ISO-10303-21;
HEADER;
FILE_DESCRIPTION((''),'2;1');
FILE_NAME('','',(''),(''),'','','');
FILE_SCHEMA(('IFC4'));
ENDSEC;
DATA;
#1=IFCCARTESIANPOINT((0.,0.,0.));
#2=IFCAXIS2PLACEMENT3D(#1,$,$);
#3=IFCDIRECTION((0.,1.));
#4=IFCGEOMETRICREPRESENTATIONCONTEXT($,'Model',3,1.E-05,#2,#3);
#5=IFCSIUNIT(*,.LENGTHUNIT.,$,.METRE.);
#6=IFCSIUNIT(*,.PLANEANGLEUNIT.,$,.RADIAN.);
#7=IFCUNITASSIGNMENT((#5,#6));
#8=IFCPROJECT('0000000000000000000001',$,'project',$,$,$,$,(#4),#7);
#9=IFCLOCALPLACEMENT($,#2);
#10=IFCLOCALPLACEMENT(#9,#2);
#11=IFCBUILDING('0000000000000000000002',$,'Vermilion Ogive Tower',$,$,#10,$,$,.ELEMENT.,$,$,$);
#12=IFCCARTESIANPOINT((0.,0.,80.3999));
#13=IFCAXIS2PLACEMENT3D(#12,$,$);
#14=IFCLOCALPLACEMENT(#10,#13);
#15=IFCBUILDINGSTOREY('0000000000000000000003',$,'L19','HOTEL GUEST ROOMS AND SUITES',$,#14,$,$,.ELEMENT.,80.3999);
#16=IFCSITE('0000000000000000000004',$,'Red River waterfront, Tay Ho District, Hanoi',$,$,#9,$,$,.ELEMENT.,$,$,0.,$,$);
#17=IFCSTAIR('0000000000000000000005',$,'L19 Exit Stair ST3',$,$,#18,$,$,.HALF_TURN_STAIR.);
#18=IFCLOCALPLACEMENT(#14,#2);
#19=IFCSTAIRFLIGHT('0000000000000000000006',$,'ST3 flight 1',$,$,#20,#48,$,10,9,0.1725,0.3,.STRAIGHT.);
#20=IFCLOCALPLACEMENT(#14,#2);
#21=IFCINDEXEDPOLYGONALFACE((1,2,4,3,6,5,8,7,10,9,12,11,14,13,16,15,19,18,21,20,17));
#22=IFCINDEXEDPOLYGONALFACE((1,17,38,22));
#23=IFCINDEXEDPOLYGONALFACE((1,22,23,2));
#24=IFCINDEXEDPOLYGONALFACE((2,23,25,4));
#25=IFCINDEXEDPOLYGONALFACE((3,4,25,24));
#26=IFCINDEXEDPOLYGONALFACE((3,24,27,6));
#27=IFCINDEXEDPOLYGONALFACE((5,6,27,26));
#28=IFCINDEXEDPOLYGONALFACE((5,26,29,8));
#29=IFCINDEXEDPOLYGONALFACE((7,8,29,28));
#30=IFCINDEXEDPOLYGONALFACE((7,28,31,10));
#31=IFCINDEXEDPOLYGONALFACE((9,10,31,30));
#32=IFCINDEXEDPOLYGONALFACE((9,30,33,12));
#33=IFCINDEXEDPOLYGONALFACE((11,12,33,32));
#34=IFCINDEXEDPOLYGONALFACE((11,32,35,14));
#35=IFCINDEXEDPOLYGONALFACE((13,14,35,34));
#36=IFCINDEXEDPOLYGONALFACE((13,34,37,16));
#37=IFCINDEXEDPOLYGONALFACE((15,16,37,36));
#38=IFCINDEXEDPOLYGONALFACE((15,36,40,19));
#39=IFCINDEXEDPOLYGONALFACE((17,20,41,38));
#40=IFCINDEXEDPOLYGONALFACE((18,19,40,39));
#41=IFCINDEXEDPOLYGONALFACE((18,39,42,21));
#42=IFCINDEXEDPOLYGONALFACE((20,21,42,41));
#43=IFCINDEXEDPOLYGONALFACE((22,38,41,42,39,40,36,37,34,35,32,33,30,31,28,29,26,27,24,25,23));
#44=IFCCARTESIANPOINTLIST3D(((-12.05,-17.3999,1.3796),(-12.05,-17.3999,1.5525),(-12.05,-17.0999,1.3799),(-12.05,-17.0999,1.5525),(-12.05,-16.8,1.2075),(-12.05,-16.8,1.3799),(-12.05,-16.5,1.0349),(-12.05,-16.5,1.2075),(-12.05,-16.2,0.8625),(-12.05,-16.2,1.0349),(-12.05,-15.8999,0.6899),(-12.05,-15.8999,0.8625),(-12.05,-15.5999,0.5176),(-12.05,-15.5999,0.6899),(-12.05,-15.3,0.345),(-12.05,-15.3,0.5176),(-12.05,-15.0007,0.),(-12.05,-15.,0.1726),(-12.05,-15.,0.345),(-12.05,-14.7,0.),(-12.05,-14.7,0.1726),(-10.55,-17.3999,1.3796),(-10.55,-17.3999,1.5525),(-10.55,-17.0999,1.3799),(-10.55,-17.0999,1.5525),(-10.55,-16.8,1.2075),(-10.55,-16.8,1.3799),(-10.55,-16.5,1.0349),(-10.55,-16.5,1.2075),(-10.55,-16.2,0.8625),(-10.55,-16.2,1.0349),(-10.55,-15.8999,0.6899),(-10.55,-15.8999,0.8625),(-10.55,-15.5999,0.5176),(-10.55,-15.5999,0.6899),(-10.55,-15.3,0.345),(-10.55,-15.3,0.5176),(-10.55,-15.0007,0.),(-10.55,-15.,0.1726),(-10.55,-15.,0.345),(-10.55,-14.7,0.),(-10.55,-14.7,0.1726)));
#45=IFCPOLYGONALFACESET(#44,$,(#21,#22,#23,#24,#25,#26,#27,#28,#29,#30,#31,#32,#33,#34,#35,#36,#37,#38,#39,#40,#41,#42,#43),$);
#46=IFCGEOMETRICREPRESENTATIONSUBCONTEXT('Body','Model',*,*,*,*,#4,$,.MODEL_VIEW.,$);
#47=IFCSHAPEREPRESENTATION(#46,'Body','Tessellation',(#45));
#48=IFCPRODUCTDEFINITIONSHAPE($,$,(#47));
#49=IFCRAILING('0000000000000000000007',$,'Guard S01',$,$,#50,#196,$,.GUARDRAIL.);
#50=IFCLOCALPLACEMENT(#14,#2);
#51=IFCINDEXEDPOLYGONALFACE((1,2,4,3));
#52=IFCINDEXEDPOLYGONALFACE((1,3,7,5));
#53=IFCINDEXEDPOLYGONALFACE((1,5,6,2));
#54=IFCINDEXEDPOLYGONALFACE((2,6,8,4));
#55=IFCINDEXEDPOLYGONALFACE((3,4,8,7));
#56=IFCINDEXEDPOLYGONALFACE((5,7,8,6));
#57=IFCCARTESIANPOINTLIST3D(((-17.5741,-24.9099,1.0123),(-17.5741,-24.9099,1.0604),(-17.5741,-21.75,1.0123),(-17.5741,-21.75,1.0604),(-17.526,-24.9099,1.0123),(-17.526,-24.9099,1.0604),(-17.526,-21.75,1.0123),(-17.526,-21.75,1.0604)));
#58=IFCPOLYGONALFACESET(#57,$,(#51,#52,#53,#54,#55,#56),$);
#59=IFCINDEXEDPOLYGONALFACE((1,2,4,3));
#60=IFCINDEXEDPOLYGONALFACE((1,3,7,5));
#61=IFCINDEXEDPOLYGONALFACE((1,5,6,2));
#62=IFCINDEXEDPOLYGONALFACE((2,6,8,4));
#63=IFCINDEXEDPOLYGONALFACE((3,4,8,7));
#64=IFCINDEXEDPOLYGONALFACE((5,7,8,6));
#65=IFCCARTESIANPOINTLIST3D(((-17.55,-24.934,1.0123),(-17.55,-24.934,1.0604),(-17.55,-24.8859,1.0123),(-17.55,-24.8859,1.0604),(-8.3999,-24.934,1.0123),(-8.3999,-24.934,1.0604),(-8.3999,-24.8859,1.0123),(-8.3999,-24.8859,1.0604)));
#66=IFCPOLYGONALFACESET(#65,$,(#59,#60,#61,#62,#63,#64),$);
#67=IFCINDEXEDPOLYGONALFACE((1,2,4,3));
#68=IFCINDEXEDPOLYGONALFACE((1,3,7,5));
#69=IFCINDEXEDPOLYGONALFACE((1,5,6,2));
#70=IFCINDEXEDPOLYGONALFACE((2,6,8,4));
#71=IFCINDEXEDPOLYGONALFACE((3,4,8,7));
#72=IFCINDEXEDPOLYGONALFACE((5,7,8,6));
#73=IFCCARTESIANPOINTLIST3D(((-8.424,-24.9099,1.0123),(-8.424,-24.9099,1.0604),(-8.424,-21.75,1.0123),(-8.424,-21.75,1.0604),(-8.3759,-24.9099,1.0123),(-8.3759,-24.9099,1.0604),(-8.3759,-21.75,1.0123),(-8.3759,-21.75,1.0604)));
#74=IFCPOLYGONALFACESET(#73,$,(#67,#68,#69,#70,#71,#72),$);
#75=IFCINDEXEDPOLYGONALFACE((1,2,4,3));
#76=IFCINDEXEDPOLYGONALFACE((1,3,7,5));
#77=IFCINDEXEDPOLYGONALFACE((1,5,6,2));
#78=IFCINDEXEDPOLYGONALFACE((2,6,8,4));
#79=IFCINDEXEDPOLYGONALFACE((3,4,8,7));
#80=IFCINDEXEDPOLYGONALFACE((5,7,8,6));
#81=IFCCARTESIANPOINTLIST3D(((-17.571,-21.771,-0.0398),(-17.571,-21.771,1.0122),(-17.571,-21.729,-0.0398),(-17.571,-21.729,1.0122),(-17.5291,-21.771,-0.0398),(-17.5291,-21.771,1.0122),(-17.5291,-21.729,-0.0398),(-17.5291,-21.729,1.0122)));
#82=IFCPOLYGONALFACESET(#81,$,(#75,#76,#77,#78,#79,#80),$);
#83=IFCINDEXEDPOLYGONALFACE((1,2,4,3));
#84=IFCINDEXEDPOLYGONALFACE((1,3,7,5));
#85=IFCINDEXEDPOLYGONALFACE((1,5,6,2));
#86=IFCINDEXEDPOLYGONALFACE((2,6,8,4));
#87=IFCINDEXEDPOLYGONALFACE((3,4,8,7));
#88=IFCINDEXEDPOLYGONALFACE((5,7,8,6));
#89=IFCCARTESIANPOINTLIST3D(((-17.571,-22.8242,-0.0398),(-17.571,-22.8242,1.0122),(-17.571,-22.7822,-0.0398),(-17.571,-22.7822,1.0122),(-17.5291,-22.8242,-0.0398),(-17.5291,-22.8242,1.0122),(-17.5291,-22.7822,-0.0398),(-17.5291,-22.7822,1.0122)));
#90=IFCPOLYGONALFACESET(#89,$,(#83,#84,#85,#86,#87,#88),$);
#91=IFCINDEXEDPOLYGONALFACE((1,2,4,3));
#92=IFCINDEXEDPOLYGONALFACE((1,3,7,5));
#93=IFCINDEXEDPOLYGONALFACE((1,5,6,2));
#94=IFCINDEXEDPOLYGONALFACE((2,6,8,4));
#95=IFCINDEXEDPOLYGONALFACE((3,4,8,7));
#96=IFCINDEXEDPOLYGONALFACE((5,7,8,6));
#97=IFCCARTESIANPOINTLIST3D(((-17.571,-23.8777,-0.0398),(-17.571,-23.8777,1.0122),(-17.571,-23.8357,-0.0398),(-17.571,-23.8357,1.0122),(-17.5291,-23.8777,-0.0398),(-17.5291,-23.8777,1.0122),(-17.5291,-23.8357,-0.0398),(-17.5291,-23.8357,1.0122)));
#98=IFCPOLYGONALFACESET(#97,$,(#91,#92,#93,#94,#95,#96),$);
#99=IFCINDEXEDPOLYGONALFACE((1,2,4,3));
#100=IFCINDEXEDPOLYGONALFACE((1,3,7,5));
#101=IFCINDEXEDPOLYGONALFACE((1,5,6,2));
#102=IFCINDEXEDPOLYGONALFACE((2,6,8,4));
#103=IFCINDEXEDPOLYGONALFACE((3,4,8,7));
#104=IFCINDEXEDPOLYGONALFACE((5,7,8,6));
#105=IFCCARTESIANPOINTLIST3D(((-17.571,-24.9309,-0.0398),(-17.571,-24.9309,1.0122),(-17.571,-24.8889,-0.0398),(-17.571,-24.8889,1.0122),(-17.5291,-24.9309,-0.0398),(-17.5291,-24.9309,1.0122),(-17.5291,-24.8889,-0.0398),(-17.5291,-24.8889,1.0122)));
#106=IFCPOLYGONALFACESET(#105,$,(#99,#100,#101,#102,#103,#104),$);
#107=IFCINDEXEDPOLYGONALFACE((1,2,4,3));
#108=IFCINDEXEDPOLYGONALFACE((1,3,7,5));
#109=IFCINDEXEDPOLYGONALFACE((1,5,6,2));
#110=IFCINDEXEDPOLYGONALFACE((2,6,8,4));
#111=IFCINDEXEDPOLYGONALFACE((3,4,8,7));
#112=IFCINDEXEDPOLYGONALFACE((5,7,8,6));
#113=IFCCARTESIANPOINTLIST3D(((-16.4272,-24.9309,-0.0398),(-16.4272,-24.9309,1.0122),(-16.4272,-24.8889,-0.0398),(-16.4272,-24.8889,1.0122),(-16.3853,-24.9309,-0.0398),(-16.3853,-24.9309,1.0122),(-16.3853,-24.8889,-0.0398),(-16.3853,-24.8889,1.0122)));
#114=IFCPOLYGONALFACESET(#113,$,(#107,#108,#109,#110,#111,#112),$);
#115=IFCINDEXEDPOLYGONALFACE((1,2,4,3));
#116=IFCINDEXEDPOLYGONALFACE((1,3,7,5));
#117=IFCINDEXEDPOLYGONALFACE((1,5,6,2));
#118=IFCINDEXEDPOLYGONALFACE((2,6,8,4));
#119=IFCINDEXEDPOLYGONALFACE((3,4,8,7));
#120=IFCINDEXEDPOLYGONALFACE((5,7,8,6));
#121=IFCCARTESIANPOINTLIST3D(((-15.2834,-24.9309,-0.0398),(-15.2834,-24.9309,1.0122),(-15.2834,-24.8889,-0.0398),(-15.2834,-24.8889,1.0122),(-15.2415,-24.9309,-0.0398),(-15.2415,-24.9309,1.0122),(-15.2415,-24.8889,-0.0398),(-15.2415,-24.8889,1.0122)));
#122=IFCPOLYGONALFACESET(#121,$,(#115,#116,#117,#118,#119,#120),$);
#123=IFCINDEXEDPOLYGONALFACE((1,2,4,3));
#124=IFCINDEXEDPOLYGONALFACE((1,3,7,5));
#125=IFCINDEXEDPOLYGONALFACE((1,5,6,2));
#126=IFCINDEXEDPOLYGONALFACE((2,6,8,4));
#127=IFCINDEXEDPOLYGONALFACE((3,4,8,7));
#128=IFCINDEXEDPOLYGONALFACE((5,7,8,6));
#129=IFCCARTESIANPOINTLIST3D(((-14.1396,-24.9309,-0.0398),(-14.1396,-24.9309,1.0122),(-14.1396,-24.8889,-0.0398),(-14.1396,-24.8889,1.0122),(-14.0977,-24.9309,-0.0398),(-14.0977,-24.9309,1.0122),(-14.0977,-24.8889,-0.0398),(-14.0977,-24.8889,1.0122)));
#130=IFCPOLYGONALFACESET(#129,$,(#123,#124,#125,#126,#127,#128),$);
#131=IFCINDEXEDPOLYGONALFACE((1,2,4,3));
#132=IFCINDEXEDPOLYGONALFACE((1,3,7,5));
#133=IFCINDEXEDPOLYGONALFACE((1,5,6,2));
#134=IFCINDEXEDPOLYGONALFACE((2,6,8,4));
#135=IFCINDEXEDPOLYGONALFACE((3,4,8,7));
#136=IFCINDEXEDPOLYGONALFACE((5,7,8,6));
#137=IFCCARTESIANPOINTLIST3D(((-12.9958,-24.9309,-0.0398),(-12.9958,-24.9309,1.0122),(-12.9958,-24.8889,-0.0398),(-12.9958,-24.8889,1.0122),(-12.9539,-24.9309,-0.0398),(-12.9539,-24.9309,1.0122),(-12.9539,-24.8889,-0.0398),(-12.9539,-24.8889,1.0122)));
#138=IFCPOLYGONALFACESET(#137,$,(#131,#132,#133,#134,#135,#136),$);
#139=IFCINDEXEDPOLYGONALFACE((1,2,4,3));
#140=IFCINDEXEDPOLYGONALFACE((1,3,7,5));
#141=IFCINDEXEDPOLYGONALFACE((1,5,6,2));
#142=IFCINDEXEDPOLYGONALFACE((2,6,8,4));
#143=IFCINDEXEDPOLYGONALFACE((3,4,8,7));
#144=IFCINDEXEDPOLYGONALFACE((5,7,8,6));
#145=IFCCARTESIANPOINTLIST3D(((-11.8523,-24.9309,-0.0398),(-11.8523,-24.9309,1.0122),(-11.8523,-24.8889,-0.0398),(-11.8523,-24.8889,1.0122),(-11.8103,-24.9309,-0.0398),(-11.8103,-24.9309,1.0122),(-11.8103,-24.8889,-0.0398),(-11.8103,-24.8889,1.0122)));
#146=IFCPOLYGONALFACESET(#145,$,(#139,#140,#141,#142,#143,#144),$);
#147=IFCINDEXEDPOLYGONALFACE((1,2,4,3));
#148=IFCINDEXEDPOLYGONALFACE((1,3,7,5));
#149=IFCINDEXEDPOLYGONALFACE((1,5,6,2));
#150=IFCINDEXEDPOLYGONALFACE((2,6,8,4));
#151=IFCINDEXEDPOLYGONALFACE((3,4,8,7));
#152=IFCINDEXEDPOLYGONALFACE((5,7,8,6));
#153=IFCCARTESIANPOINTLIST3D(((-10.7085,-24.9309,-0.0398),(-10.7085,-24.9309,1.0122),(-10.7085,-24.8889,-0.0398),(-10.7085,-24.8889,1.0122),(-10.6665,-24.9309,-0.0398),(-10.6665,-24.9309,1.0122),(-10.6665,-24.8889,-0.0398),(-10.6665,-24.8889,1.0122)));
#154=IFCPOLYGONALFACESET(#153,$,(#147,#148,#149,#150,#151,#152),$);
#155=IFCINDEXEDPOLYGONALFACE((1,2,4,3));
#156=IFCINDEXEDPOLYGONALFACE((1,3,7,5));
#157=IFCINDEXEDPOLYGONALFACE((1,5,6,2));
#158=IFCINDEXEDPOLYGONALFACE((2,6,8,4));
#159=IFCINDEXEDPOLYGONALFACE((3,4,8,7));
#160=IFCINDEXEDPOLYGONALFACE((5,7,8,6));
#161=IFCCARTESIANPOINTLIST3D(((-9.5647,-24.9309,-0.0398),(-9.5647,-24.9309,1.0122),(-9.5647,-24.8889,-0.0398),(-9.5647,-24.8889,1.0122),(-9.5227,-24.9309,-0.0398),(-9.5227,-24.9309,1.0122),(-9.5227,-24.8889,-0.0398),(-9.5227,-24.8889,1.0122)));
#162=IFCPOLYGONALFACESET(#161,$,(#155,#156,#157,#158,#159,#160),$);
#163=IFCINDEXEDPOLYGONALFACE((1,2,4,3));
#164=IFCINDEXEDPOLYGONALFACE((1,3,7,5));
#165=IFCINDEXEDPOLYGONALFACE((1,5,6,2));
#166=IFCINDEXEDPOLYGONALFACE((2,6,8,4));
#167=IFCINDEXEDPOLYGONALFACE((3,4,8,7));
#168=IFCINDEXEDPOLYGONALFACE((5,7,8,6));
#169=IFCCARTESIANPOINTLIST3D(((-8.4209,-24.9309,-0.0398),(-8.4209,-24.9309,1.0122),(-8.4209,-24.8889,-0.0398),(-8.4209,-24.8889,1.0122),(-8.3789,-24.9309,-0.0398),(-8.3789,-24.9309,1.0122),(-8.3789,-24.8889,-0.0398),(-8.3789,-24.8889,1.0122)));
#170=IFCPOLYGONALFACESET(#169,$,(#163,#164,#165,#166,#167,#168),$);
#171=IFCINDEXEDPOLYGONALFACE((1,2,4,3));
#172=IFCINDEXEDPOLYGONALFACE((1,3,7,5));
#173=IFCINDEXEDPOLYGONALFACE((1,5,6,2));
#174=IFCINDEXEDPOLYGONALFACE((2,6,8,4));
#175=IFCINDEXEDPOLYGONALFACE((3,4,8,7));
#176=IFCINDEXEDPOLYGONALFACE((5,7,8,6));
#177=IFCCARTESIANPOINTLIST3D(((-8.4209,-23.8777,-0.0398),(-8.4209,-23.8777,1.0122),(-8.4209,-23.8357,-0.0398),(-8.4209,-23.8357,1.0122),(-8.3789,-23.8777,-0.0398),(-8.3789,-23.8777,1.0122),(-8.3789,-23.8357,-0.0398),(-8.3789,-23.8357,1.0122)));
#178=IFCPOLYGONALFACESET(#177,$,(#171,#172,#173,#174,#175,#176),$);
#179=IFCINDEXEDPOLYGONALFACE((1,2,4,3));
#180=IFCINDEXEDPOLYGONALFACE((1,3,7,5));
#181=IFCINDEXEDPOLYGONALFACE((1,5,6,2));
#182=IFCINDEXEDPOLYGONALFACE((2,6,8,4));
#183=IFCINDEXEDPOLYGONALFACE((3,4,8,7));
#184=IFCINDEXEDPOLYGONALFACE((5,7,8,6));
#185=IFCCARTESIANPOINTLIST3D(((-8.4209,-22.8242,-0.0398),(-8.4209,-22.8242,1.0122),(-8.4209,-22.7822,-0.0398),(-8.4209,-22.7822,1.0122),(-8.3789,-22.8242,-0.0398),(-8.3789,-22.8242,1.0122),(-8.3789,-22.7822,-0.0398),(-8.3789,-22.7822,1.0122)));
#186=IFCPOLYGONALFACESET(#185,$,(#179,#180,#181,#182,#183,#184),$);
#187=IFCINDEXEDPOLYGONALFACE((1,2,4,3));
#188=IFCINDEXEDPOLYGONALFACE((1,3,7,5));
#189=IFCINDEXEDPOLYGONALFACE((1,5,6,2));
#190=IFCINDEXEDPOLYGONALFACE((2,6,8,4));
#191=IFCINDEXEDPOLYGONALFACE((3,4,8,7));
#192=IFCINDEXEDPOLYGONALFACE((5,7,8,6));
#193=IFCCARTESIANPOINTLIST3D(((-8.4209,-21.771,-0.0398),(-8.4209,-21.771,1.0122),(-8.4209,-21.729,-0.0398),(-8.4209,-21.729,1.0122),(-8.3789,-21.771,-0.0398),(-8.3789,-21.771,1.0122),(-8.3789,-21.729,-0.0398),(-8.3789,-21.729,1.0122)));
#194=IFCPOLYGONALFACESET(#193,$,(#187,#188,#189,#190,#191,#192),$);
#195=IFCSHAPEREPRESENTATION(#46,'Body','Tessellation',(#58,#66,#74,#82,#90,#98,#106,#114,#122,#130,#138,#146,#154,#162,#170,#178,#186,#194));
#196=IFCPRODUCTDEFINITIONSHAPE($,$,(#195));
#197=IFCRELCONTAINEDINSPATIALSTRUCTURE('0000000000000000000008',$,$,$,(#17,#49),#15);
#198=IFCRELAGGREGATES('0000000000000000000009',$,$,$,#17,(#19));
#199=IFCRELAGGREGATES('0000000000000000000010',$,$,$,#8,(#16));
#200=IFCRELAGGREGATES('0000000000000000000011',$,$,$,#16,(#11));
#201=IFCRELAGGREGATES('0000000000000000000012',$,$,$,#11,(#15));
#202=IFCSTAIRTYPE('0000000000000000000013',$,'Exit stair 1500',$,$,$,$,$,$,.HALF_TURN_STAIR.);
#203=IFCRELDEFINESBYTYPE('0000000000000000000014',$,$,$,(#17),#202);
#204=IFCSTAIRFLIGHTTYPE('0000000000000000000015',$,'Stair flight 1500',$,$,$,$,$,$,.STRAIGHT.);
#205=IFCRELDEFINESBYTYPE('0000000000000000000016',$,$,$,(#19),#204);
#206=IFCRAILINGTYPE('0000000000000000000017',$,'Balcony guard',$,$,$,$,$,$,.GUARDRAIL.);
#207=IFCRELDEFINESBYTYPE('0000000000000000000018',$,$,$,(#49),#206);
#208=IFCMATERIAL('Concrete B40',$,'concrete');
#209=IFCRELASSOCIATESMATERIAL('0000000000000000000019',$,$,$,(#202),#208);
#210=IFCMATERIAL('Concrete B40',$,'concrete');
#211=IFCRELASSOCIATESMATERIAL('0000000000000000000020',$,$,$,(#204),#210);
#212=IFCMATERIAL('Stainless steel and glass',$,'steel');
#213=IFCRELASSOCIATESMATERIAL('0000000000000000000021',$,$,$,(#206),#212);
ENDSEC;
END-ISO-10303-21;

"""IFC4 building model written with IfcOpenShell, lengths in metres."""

from ifc_helpers import new_model, si_unit, direction, frame, origin, origin_2d, place, context, subcontext, project, spatial, polyline, rectangle, outline, extrude, material, type_object, element, aggregate, save


model = new_model("IFC4")

# Units and contexts
model_context = context("Model", 3, precision=1e-05, world=origin(), true_north=direction((0.0, 1.0)))
body_context = subcontext(model_context, "Body", "Model", "MODEL_VIEW")
ifc_project = project(units=[si_unit("LENGTHUNIT", "METRE"), si_unit("PLANEANGLEUNIT", "RADIAN")], contexts=[model_context])

# Site, building, storey
site_placement = place(None, origin())
site = spatial("IfcSite", under=ifc_project, at=site_placement, Name="Red River waterfront, Tay Ho District, Hanoi", CompositionType="ELEMENT", RefElevation=0.0)
building_placement = place(site_placement, origin())
building = spatial("IfcBuilding", under=site, at=building_placement, Name="Vermilion Ogive Tower", CompositionType="ELEMENT")
storey_placement = place(building_placement, frame((0.0, 0.0, 80.3999)))
storey = spatial("IfcBuildingStorey", under=building, at=storey_placement, Name="L19", Description="HOTEL GUEST ROOMS AND SUITES", CompositionType="ELEMENT", Elevation=80.3999)

# Stair, stair flight
ifc_material_1 = material(Name="Concrete B40", Category="concrete")
stair_type = type_object("IfcStairType", Name="Exit stair 1500", PredefinedType="HALF_TURN_STAIR", material=ifc_material_1)
stair_placement = place(storey_placement, origin())
stair = element("IfcStair", 1, at=stair_placement, inside=storey, type_object=stair_type, Name="L19 Exit Stair ST3", PredefinedType="HALF_TURN_STAIR")
ifc_material_2 = material(Name="Concrete B40", Category="concrete")
stair_flight_type = type_object("IfcStairFlightType", Name="Stair flight 1500", PredefinedType="STRAIGHT", material=ifc_material_2)
stair_flight_placement = place(storey_placement, frame((-11.3, -14.7, 0.0), z_axis=(0.0, 0.0, 1.0), x_axis=(0.0, -1.0, 0.0)))
stair_flight = element("IfcStairFlight", 2, at=stair_flight_placement, type_object=stair_flight_type, Name="ST3 flight 1", NumberOfRisers=10, NumberOfTreads=9, PredefinedType="STRAIGHT", RiserHeight=0.1725, TreadLength=0.3, context=body_context, shape_type="SweptSolid", body=[
    extrude(outline(polyline([(0.0, 0.0), (0.0, 0.1726), (0.3, 0.1726), (0.3, 0.345), (0.6001, 0.345), (0.6001, 0.5176), (0.8999, 0.5176), (0.8999, 0.6899), (1.2, 0.6899), (1.2, 0.8625), (1.5, 0.8625), (1.5, 1.0349), (1.8, 1.0349), (1.8, 1.2075), (2.1001, 1.2075), (2.1001, 1.3799), (2.3999, 1.3799), (2.3999, 1.5525), (2.7, 1.5525), (2.7, 1.7251), (2.7, 1.3796), (0.3008, 0.0), (0.0, 0.0)])), frame((0.0, 0.75, 0.0), z_axis=(0.0, -1.0, 0.0), x_axis=(1.0, 0.0, 0.0)), (0.0, 0.0, 1.0), 1.5),
])
aggregate(stair, [stair_flight])

# Railing
ifc_material_3 = material(Name="Stainless steel and glass", Category="steel")
railing_type_1 = type_object("IfcRailingType", Name="Balcony guard", PredefinedType="GUARDRAIL", material=ifc_material_3)
railing_1_placement = place(storey_placement, frame((-17.55, -21.75, -0.0398)))
element("IfcRailing", 3, at=railing_1_placement, inside=storey, type_object=railing_type_1, Name="Guard S01", PredefinedType="GUARDRAIL", context=body_context, shape_type="SweptSolid", body=[
    extrude(rectangle(XDim=0.0481, YDim=0.0481, at=origin_2d()), frame((0.0, 0.0, 1.0762), z_axis=(0.0, -1.0, 0.0), x_axis=(1.0, 0.0, 0.0)), (0.0, 0.0, 1.0), 3.1599),
    extrude(rectangle(XDim=0.0481, YDim=0.0481, at=origin_2d()), frame((0.0, -3.1599, 1.0762), z_axis=(1.0, 0.0, 0.0), x_axis=(0.0, 1.0, 0.0)), (0.0, 0.0, 1.0), 9.1501),
    extrude(rectangle(XDim=0.0481, YDim=0.0481, at=origin_2d()), frame((9.1501, -3.1599, 1.0762), z_axis=(0.0, 1.0, 0.0), x_axis=(-1.0, 0.0, 0.0)), (0.0, 0.0, 1.0), 3.1599),
    extrude(rectangle(XDim=0.042, YDim=0.042, at=origin_2d()), origin(), (0.0, 0.0, 1.0), 1.052),
    extrude(rectangle(XDim=0.042, YDim=0.042, at=origin_2d()), frame((0.0, -1.0532, 0.0)), (0.0, 0.0, 1.0), 1.052),
    extrude(rectangle(XDim=0.042, YDim=0.042, at=origin_2d()), frame((0.0, -2.1067, 0.0)), (0.0, 0.0, 1.0), 1.052),
    extrude(rectangle(XDim=0.042, YDim=0.042, at=origin_2d()), frame((0.0, -3.1599, 0.0)), (0.0, 0.0, 1.0), 1.052),
    extrude(rectangle(XDim=0.042, YDim=0.042, at=origin_2d()), frame((1.1438, -3.1599, 0.0)), (0.0, 0.0, 1.0), 1.052),
    extrude(rectangle(XDim=0.042, YDim=0.042, at=origin_2d()), frame((2.2876, -3.1599, 0.0)), (0.0, 0.0, 1.0), 1.052),
    extrude(rectangle(XDim=0.042, YDim=0.042, at=origin_2d()), frame((3.4314, -3.1599, 0.0)), (0.0, 0.0, 1.0), 1.052),
    extrude(rectangle(XDim=0.042, YDim=0.042, at=origin_2d()), frame((4.5752, -3.1599, 0.0)), (0.0, 0.0, 1.0), 1.052),
    extrude(rectangle(XDim=0.042, YDim=0.042, at=origin_2d()), frame((5.7188, -3.1599, 0.0)), (0.0, 0.0, 1.0), 1.052),
    extrude(rectangle(XDim=0.042, YDim=0.042, at=origin_2d()), frame((6.8625, -3.1599, 0.0)), (0.0, 0.0, 1.0), 1.052),
    extrude(rectangle(XDim=0.042, YDim=0.042, at=origin_2d()), frame((8.0063, -3.1599, 0.0)), (0.0, 0.0, 1.0), 1.052),
    extrude(rectangle(XDim=0.042, YDim=0.042, at=origin_2d()), frame((9.1501, -3.1599, 0.0)), (0.0, 0.0, 1.0), 1.052),
    extrude(rectangle(XDim=0.042, YDim=0.042, at=origin_2d()), frame((9.1501, -2.1067, 0.0)), (0.0, 0.0, 1.0), 1.052),
    extrude(rectangle(XDim=0.042, YDim=0.042, at=origin_2d()), frame((9.1501, -1.0532, 0.0)), (0.0, 0.0, 1.0), 1.052),
    extrude(rectangle(XDim=0.042, YDim=0.042, at=origin_2d()), frame((9.1501, 0.0, 0.0)), (0.0, 0.0, 1.0), 1.052),
])

save(model, "model.ifc")
